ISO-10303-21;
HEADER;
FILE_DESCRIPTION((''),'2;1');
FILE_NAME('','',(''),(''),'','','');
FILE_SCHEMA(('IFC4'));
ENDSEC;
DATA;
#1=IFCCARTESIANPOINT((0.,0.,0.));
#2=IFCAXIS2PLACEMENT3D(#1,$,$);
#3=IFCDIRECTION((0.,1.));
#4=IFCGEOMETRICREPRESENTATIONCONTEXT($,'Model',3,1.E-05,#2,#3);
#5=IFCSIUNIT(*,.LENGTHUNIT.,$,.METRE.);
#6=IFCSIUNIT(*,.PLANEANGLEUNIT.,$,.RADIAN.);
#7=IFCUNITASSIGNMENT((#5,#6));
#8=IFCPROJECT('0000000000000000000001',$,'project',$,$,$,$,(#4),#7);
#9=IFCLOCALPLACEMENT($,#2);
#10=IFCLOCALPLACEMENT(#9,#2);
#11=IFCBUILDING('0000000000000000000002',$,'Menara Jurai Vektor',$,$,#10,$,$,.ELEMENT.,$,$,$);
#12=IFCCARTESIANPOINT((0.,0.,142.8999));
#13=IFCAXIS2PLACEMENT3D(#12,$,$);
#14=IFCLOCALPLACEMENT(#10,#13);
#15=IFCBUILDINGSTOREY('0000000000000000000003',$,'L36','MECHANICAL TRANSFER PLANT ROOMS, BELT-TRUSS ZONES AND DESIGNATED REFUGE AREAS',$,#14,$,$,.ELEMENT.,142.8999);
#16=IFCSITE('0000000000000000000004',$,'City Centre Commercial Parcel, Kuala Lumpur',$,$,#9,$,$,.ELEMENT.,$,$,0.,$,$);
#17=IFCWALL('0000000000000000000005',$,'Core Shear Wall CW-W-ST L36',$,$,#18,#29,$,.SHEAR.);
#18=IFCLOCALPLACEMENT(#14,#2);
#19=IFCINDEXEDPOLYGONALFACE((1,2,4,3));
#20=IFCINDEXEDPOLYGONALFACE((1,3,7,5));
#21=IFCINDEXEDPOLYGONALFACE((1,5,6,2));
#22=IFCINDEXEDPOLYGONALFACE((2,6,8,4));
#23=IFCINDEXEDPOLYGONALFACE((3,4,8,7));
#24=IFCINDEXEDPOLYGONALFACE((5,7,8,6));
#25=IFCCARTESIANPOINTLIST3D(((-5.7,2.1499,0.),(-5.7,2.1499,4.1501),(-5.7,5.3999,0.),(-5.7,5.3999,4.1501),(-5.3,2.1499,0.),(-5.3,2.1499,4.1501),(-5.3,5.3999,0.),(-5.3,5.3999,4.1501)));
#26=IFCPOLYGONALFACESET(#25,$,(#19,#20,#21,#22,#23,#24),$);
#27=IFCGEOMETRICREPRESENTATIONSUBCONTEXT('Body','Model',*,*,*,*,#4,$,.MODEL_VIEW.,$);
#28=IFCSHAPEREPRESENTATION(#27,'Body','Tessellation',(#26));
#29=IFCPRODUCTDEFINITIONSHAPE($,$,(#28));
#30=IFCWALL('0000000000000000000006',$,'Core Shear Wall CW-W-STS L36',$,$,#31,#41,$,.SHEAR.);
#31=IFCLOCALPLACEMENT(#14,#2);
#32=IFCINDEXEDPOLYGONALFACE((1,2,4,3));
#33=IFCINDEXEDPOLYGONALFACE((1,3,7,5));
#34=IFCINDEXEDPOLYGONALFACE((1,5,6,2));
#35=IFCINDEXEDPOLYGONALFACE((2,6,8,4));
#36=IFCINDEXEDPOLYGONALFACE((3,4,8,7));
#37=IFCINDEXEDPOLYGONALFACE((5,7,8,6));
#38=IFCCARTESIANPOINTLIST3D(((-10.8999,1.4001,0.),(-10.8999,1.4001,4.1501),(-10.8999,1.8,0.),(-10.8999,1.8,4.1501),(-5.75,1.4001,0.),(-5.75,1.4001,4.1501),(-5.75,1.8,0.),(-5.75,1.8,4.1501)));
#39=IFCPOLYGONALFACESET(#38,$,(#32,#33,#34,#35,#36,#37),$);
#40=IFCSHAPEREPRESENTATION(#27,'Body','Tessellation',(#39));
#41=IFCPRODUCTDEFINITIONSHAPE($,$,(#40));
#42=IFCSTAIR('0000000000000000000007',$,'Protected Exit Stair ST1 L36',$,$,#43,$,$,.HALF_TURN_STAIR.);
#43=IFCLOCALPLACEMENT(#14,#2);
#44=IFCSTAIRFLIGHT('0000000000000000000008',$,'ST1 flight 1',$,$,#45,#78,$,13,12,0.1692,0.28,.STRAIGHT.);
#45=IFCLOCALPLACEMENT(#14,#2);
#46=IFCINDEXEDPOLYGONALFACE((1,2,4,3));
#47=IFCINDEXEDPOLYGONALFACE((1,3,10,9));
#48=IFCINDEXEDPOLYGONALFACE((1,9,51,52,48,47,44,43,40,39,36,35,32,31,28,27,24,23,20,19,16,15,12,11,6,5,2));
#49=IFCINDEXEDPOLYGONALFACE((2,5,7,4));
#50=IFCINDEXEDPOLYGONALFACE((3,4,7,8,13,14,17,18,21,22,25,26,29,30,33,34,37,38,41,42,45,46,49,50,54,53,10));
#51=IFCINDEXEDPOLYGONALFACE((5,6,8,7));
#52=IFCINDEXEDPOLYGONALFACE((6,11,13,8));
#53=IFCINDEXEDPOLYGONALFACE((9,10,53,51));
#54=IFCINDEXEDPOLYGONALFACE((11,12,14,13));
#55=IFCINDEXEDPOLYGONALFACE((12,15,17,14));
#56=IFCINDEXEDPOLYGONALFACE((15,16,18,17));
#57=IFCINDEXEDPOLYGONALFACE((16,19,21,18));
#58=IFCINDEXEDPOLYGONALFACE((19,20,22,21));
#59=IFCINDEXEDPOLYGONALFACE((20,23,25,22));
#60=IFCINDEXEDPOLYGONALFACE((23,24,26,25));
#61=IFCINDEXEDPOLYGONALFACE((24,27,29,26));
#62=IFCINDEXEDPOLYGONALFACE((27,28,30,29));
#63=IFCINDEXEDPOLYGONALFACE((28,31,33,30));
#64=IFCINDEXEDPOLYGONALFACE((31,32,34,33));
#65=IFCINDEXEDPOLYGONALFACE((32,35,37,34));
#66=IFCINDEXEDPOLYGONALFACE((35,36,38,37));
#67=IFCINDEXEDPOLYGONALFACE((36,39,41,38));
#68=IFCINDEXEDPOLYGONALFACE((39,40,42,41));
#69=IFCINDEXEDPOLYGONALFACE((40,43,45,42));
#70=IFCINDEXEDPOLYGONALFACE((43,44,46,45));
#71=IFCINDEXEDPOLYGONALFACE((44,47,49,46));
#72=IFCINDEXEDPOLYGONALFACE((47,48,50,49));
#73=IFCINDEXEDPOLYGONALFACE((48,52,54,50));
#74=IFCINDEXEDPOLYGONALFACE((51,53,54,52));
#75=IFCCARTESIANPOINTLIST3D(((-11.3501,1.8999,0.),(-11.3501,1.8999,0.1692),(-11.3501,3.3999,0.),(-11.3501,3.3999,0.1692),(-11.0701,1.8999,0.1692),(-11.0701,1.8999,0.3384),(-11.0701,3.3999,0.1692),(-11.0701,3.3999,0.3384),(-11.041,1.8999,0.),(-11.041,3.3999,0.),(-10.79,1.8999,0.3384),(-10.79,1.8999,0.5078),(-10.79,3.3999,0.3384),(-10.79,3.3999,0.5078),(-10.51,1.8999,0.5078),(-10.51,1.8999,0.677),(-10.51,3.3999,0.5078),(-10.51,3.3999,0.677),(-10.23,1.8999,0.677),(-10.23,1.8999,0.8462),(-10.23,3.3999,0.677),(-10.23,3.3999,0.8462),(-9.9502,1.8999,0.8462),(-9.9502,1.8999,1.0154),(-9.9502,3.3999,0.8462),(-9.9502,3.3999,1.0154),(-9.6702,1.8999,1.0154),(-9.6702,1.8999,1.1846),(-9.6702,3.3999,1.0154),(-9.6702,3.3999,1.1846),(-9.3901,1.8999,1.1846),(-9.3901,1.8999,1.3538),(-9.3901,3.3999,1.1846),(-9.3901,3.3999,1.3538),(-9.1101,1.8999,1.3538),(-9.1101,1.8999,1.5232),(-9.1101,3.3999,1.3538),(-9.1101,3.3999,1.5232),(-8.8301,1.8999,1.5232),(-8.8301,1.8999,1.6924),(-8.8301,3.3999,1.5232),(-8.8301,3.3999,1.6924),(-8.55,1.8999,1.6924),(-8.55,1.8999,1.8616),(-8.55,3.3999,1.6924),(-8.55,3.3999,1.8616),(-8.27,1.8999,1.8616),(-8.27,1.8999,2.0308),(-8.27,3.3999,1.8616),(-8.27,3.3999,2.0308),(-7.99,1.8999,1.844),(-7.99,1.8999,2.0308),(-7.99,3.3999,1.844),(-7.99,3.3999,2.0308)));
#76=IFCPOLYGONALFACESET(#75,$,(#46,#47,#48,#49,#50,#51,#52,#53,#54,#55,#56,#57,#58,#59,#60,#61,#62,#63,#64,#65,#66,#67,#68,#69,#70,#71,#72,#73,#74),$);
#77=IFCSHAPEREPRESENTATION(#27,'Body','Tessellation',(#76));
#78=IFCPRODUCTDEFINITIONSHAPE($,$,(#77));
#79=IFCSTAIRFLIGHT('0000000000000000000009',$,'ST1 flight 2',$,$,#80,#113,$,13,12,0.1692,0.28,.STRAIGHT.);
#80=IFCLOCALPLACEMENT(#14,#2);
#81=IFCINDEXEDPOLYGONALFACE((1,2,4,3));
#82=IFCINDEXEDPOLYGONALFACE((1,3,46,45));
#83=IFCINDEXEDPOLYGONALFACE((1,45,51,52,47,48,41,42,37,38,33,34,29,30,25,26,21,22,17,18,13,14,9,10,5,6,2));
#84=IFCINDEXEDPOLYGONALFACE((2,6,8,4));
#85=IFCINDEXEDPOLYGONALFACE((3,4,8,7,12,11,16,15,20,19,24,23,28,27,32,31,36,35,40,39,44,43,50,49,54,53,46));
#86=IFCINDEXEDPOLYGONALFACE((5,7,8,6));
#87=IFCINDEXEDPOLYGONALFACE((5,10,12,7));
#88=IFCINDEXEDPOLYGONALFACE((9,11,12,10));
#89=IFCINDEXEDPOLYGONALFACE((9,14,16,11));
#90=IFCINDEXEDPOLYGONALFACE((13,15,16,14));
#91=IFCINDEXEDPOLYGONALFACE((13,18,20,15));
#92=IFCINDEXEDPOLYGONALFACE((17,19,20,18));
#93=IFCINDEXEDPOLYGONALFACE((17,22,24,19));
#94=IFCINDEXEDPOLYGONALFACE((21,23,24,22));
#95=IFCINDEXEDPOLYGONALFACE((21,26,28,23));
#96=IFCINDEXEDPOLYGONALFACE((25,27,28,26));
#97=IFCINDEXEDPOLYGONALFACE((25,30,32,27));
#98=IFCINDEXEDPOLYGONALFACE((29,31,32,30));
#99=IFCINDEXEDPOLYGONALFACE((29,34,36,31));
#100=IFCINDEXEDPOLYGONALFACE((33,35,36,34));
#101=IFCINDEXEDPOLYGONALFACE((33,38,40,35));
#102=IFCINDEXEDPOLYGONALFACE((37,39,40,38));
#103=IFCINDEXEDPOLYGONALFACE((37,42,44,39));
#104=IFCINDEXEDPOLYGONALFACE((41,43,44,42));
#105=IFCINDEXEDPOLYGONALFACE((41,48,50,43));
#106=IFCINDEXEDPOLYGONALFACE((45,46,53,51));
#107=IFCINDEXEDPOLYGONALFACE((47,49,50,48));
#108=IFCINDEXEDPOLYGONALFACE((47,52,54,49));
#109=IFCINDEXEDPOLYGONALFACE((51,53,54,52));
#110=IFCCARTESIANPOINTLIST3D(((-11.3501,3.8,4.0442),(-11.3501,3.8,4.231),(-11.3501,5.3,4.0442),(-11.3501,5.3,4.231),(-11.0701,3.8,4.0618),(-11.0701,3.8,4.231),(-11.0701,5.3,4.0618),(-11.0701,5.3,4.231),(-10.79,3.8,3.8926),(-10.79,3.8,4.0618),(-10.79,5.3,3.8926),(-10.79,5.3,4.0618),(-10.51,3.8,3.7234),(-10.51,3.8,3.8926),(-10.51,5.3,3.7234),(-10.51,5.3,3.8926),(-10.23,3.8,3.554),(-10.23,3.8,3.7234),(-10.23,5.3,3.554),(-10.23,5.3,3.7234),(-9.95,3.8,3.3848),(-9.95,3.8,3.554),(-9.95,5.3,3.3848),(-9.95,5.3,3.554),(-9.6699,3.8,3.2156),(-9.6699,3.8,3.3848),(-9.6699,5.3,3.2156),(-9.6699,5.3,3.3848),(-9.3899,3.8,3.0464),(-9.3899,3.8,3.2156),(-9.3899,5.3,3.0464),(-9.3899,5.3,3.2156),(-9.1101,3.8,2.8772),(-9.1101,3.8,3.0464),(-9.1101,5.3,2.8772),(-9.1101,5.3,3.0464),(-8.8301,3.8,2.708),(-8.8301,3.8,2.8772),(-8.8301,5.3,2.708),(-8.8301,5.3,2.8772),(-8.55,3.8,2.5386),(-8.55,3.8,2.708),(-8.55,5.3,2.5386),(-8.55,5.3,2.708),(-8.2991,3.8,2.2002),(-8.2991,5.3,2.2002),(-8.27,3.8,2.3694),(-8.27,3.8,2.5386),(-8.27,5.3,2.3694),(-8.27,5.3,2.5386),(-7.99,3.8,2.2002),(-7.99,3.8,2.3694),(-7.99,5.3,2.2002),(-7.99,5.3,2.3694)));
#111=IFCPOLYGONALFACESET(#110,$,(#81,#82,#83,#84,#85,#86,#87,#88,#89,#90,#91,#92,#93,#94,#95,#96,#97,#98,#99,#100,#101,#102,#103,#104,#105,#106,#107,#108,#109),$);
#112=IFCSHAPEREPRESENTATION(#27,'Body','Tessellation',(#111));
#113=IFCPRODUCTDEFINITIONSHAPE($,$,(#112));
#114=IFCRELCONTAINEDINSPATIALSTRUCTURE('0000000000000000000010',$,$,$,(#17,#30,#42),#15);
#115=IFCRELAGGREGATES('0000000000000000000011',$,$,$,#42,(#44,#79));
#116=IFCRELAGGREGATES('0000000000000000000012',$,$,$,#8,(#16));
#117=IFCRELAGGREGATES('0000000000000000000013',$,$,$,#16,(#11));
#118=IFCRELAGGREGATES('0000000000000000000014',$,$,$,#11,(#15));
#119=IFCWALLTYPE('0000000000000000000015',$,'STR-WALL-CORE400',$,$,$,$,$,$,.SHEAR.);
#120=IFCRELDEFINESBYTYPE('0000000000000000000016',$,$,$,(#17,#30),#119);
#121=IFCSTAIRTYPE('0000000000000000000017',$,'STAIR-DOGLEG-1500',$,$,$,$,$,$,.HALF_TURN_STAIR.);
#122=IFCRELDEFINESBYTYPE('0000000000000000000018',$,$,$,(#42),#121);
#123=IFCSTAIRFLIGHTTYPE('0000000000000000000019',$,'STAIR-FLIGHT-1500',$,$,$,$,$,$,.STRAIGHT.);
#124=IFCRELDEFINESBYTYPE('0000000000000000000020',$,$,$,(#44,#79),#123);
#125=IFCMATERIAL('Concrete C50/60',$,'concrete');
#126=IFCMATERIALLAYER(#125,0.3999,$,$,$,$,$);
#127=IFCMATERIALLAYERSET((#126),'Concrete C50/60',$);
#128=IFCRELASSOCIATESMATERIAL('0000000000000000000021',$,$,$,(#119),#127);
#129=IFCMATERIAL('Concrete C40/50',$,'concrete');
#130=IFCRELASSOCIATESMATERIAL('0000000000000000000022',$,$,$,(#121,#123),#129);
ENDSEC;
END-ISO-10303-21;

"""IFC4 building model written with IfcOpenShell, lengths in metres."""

from ifc_helpers import new_model, si_unit, direction, frame, frame_2d, origin, place, context, subcontext, project, spatial, polyline, rectangle, outline, extrude, material, layer, layer_set, type_object, element, aggregate, save


model = new_model("IFC4")

# Units and contexts
model_context = context("Model", 3, precision=1e-05, world=origin(), true_north=direction((0.0, 1.0)))
body_context = subcontext(model_context, "Body", "Model", "MODEL_VIEW")
ifc_project = project(units=[si_unit("LENGTHUNIT", "METRE"), si_unit("PLANEANGLEUNIT", "RADIAN")], contexts=[model_context])

# Site, building, storey
site_placement = place(None, origin())
site = spatial("IfcSite", under=ifc_project, at=site_placement, Name="City Centre Commercial Parcel, Kuala Lumpur", CompositionType="ELEMENT", RefElevation=0.0)
building_placement = place(site_placement, origin())
building = spatial("IfcBuilding", under=site, at=building_placement, Name="Menara Jurai Vektor", CompositionType="ELEMENT")
storey_placement = place(building_placement, frame((0.0, 0.0, 142.8999)))
storey = spatial("IfcBuildingStorey", under=building, at=storey_placement, Name="L36", Description="MECHANICAL TRANSFER PLANT ROOMS, BELT-TRUSS ZONES AND DESIGNATED REFUGE AREAS", CompositionType="ELEMENT", Elevation=142.8999)

# Shared definitions
ifc_material_1 = material(Name="Concrete C50/60", Category="concrete")

# Shared definitions
ifc_material_2 = material(Name="Concrete C40/50", Category="concrete")

# Walls
ifc_layer_1 = layer(ifc_material_1, 0.3999)
ifc_layer_set_1 = layer_set([ifc_layer_1], Name="Concrete C50/60")
wall_type_1 = type_object("IfcWallType", Name="STR-WALL-CORE400", PredefinedType="SHEAR", material=ifc_layer_set_1)
wall_1_placement = place(storey_placement, frame((-5.5, 2.1499, 0.0), z_axis=(0.0, 0.0, 1.0), x_axis=(0.0, 1.0, 0.0)))
element("IfcWall", 1, at=wall_1_placement, inside=storey, type_object=wall_type_1, Name="Core Shear Wall CW-W-ST L36", PredefinedType="SHEAR", context=body_context, shape_type="SweptSolid", body=[
    extrude(rectangle(XDim=3.25, YDim=0.3999, at=frame_2d((1.625, 0.0))), origin(), (0.0, 0.0, 1.0), 4.1501),
])
wall_2_placement = place(storey_placement, frame((-10.8999, 1.6001, 0.0), z_axis=(0.0, 0.0, 1.0), x_axis=(1.0, 0.0, 0.0)))
element("IfcWall", 2, at=wall_2_placement, inside=storey, type_object=wall_type_1, Name="Core Shear Wall CW-W-STS L36", PredefinedType="SHEAR", context=body_context, shape_type="SweptSolid", body=[
    extrude(rectangle(XDim=5.1499, YDim=0.3999, at=frame_2d((2.575, 0.0))), origin(), (0.0, 0.0, 1.0), 4.1501),
])

# Stair, stair flights
stair_type = type_object("IfcStairType", Name="STAIR-DOGLEG-1500", PredefinedType="HALF_TURN_STAIR", material=ifc_material_2)
stair_placement = place(storey_placement, origin())
stair = element("IfcStair", 3, at=stair_placement, inside=storey, type_object=stair_type, Name="Protected Exit Stair ST1 L36", PredefinedType="HALF_TURN_STAIR")
stair_flight_type = type_object("IfcStairFlightType", Name="STAIR-FLIGHT-1500", PredefinedType="STRAIGHT", material=ifc_material_2)
stair_flight_1_placement = place(storey_placement, frame((-11.3501, 2.6499, 0.0), z_axis=(0.0, 0.0, 1.0), x_axis=(1.0, 0.0, 0.0)))
stair_flight_1 = element("IfcStairFlight", 4, at=stair_flight_1_placement, type_object=stair_flight_type, Name="ST1 flight 1", NumberOfRisers=13, NumberOfTreads=12, PredefinedType="STRAIGHT", RiserHeight=0.1692, TreadLength=0.28, context=body_context, shape_type="SweptSolid", body=[
    extrude(outline(polyline([(0.0, 0.0), (0.0, 0.1692), (0.28, 0.1692), (0.28, 0.3384), (0.5601, 0.3384), (0.5601, 0.5078), (0.8401, 0.5078), (0.8401, 0.677), (1.1201, 0.677), (1.1201, 0.8462), (1.3999, 0.8462), (1.3999, 1.0154), (1.6799, 1.0154), (1.6799, 1.1846), (1.96, 1.1846), (1.96, 1.3538), (2.24, 1.3538), (2.24, 1.5232), (2.52, 1.5232), (2.52, 1.6924), (2.8, 1.6924), (2.8, 1.8616), (3.0801, 1.8616), (3.0801, 2.0308), (3.3601, 2.0308), (3.3601, 2.2), (3.3601, 1.844), (0.3091, 0.0), (0.0, 0.0)])), frame((0.0, 0.75, 0.0), z_axis=(0.0, -1.0, 0.0), x_axis=(1.0, 0.0, 0.0)), (0.0, 0.0, 1.0), 1.5),
])
stair_flight_2_placement = place(storey_placement, frame((-7.99, 4.55, 2.2002), z_axis=(0.0, 0.0, 1.0), x_axis=(-1.0, 0.0, 0.0)))
stair_flight_2 = element("IfcStairFlight", 5, at=stair_flight_2_placement, type_object=stair_flight_type, Name="ST1 flight 2", NumberOfRisers=13, NumberOfTreads=12, PredefinedType="STRAIGHT", RiserHeight=0.1692, TreadLength=0.28, context=body_context, shape_type="SweptSolid", body=[
    extrude(outline(polyline([(0.0, 0.0), (0.0, 0.1692), (0.28, 0.1692), (0.28, 0.3384), (0.5601, 0.3384), (0.5601, 0.5078), (0.8401, 0.5078), (0.8401, 0.677), (1.1201, 0.677), (1.1201, 0.8462), (1.3999, 0.8462), (1.3999, 1.0154), (1.6799, 1.0154), (1.6799, 1.1846), (1.96, 1.1846), (1.96, 1.3538), (2.24, 1.3538), (2.24, 1.5232), (2.52, 1.5232), (2.52, 1.6924), (2.8, 1.6924), (2.8, 1.8616), (3.0801, 1.8616), (3.0801, 2.0308), (3.3601, 2.0308), (3.3601, 2.2), (3.3601, 1.844), (0.3091, 0.0), (0.0, 0.0)])), frame((0.0, 0.75, 0.0), z_axis=(0.0, -1.0, 0.0), x_axis=(1.0, 0.0, 0.0)), (0.0, 0.0, 1.0), 1.5),
])
aggregate(stair, [stair_flight_1, stair_flight_2])

save(model, "model.ifc")
